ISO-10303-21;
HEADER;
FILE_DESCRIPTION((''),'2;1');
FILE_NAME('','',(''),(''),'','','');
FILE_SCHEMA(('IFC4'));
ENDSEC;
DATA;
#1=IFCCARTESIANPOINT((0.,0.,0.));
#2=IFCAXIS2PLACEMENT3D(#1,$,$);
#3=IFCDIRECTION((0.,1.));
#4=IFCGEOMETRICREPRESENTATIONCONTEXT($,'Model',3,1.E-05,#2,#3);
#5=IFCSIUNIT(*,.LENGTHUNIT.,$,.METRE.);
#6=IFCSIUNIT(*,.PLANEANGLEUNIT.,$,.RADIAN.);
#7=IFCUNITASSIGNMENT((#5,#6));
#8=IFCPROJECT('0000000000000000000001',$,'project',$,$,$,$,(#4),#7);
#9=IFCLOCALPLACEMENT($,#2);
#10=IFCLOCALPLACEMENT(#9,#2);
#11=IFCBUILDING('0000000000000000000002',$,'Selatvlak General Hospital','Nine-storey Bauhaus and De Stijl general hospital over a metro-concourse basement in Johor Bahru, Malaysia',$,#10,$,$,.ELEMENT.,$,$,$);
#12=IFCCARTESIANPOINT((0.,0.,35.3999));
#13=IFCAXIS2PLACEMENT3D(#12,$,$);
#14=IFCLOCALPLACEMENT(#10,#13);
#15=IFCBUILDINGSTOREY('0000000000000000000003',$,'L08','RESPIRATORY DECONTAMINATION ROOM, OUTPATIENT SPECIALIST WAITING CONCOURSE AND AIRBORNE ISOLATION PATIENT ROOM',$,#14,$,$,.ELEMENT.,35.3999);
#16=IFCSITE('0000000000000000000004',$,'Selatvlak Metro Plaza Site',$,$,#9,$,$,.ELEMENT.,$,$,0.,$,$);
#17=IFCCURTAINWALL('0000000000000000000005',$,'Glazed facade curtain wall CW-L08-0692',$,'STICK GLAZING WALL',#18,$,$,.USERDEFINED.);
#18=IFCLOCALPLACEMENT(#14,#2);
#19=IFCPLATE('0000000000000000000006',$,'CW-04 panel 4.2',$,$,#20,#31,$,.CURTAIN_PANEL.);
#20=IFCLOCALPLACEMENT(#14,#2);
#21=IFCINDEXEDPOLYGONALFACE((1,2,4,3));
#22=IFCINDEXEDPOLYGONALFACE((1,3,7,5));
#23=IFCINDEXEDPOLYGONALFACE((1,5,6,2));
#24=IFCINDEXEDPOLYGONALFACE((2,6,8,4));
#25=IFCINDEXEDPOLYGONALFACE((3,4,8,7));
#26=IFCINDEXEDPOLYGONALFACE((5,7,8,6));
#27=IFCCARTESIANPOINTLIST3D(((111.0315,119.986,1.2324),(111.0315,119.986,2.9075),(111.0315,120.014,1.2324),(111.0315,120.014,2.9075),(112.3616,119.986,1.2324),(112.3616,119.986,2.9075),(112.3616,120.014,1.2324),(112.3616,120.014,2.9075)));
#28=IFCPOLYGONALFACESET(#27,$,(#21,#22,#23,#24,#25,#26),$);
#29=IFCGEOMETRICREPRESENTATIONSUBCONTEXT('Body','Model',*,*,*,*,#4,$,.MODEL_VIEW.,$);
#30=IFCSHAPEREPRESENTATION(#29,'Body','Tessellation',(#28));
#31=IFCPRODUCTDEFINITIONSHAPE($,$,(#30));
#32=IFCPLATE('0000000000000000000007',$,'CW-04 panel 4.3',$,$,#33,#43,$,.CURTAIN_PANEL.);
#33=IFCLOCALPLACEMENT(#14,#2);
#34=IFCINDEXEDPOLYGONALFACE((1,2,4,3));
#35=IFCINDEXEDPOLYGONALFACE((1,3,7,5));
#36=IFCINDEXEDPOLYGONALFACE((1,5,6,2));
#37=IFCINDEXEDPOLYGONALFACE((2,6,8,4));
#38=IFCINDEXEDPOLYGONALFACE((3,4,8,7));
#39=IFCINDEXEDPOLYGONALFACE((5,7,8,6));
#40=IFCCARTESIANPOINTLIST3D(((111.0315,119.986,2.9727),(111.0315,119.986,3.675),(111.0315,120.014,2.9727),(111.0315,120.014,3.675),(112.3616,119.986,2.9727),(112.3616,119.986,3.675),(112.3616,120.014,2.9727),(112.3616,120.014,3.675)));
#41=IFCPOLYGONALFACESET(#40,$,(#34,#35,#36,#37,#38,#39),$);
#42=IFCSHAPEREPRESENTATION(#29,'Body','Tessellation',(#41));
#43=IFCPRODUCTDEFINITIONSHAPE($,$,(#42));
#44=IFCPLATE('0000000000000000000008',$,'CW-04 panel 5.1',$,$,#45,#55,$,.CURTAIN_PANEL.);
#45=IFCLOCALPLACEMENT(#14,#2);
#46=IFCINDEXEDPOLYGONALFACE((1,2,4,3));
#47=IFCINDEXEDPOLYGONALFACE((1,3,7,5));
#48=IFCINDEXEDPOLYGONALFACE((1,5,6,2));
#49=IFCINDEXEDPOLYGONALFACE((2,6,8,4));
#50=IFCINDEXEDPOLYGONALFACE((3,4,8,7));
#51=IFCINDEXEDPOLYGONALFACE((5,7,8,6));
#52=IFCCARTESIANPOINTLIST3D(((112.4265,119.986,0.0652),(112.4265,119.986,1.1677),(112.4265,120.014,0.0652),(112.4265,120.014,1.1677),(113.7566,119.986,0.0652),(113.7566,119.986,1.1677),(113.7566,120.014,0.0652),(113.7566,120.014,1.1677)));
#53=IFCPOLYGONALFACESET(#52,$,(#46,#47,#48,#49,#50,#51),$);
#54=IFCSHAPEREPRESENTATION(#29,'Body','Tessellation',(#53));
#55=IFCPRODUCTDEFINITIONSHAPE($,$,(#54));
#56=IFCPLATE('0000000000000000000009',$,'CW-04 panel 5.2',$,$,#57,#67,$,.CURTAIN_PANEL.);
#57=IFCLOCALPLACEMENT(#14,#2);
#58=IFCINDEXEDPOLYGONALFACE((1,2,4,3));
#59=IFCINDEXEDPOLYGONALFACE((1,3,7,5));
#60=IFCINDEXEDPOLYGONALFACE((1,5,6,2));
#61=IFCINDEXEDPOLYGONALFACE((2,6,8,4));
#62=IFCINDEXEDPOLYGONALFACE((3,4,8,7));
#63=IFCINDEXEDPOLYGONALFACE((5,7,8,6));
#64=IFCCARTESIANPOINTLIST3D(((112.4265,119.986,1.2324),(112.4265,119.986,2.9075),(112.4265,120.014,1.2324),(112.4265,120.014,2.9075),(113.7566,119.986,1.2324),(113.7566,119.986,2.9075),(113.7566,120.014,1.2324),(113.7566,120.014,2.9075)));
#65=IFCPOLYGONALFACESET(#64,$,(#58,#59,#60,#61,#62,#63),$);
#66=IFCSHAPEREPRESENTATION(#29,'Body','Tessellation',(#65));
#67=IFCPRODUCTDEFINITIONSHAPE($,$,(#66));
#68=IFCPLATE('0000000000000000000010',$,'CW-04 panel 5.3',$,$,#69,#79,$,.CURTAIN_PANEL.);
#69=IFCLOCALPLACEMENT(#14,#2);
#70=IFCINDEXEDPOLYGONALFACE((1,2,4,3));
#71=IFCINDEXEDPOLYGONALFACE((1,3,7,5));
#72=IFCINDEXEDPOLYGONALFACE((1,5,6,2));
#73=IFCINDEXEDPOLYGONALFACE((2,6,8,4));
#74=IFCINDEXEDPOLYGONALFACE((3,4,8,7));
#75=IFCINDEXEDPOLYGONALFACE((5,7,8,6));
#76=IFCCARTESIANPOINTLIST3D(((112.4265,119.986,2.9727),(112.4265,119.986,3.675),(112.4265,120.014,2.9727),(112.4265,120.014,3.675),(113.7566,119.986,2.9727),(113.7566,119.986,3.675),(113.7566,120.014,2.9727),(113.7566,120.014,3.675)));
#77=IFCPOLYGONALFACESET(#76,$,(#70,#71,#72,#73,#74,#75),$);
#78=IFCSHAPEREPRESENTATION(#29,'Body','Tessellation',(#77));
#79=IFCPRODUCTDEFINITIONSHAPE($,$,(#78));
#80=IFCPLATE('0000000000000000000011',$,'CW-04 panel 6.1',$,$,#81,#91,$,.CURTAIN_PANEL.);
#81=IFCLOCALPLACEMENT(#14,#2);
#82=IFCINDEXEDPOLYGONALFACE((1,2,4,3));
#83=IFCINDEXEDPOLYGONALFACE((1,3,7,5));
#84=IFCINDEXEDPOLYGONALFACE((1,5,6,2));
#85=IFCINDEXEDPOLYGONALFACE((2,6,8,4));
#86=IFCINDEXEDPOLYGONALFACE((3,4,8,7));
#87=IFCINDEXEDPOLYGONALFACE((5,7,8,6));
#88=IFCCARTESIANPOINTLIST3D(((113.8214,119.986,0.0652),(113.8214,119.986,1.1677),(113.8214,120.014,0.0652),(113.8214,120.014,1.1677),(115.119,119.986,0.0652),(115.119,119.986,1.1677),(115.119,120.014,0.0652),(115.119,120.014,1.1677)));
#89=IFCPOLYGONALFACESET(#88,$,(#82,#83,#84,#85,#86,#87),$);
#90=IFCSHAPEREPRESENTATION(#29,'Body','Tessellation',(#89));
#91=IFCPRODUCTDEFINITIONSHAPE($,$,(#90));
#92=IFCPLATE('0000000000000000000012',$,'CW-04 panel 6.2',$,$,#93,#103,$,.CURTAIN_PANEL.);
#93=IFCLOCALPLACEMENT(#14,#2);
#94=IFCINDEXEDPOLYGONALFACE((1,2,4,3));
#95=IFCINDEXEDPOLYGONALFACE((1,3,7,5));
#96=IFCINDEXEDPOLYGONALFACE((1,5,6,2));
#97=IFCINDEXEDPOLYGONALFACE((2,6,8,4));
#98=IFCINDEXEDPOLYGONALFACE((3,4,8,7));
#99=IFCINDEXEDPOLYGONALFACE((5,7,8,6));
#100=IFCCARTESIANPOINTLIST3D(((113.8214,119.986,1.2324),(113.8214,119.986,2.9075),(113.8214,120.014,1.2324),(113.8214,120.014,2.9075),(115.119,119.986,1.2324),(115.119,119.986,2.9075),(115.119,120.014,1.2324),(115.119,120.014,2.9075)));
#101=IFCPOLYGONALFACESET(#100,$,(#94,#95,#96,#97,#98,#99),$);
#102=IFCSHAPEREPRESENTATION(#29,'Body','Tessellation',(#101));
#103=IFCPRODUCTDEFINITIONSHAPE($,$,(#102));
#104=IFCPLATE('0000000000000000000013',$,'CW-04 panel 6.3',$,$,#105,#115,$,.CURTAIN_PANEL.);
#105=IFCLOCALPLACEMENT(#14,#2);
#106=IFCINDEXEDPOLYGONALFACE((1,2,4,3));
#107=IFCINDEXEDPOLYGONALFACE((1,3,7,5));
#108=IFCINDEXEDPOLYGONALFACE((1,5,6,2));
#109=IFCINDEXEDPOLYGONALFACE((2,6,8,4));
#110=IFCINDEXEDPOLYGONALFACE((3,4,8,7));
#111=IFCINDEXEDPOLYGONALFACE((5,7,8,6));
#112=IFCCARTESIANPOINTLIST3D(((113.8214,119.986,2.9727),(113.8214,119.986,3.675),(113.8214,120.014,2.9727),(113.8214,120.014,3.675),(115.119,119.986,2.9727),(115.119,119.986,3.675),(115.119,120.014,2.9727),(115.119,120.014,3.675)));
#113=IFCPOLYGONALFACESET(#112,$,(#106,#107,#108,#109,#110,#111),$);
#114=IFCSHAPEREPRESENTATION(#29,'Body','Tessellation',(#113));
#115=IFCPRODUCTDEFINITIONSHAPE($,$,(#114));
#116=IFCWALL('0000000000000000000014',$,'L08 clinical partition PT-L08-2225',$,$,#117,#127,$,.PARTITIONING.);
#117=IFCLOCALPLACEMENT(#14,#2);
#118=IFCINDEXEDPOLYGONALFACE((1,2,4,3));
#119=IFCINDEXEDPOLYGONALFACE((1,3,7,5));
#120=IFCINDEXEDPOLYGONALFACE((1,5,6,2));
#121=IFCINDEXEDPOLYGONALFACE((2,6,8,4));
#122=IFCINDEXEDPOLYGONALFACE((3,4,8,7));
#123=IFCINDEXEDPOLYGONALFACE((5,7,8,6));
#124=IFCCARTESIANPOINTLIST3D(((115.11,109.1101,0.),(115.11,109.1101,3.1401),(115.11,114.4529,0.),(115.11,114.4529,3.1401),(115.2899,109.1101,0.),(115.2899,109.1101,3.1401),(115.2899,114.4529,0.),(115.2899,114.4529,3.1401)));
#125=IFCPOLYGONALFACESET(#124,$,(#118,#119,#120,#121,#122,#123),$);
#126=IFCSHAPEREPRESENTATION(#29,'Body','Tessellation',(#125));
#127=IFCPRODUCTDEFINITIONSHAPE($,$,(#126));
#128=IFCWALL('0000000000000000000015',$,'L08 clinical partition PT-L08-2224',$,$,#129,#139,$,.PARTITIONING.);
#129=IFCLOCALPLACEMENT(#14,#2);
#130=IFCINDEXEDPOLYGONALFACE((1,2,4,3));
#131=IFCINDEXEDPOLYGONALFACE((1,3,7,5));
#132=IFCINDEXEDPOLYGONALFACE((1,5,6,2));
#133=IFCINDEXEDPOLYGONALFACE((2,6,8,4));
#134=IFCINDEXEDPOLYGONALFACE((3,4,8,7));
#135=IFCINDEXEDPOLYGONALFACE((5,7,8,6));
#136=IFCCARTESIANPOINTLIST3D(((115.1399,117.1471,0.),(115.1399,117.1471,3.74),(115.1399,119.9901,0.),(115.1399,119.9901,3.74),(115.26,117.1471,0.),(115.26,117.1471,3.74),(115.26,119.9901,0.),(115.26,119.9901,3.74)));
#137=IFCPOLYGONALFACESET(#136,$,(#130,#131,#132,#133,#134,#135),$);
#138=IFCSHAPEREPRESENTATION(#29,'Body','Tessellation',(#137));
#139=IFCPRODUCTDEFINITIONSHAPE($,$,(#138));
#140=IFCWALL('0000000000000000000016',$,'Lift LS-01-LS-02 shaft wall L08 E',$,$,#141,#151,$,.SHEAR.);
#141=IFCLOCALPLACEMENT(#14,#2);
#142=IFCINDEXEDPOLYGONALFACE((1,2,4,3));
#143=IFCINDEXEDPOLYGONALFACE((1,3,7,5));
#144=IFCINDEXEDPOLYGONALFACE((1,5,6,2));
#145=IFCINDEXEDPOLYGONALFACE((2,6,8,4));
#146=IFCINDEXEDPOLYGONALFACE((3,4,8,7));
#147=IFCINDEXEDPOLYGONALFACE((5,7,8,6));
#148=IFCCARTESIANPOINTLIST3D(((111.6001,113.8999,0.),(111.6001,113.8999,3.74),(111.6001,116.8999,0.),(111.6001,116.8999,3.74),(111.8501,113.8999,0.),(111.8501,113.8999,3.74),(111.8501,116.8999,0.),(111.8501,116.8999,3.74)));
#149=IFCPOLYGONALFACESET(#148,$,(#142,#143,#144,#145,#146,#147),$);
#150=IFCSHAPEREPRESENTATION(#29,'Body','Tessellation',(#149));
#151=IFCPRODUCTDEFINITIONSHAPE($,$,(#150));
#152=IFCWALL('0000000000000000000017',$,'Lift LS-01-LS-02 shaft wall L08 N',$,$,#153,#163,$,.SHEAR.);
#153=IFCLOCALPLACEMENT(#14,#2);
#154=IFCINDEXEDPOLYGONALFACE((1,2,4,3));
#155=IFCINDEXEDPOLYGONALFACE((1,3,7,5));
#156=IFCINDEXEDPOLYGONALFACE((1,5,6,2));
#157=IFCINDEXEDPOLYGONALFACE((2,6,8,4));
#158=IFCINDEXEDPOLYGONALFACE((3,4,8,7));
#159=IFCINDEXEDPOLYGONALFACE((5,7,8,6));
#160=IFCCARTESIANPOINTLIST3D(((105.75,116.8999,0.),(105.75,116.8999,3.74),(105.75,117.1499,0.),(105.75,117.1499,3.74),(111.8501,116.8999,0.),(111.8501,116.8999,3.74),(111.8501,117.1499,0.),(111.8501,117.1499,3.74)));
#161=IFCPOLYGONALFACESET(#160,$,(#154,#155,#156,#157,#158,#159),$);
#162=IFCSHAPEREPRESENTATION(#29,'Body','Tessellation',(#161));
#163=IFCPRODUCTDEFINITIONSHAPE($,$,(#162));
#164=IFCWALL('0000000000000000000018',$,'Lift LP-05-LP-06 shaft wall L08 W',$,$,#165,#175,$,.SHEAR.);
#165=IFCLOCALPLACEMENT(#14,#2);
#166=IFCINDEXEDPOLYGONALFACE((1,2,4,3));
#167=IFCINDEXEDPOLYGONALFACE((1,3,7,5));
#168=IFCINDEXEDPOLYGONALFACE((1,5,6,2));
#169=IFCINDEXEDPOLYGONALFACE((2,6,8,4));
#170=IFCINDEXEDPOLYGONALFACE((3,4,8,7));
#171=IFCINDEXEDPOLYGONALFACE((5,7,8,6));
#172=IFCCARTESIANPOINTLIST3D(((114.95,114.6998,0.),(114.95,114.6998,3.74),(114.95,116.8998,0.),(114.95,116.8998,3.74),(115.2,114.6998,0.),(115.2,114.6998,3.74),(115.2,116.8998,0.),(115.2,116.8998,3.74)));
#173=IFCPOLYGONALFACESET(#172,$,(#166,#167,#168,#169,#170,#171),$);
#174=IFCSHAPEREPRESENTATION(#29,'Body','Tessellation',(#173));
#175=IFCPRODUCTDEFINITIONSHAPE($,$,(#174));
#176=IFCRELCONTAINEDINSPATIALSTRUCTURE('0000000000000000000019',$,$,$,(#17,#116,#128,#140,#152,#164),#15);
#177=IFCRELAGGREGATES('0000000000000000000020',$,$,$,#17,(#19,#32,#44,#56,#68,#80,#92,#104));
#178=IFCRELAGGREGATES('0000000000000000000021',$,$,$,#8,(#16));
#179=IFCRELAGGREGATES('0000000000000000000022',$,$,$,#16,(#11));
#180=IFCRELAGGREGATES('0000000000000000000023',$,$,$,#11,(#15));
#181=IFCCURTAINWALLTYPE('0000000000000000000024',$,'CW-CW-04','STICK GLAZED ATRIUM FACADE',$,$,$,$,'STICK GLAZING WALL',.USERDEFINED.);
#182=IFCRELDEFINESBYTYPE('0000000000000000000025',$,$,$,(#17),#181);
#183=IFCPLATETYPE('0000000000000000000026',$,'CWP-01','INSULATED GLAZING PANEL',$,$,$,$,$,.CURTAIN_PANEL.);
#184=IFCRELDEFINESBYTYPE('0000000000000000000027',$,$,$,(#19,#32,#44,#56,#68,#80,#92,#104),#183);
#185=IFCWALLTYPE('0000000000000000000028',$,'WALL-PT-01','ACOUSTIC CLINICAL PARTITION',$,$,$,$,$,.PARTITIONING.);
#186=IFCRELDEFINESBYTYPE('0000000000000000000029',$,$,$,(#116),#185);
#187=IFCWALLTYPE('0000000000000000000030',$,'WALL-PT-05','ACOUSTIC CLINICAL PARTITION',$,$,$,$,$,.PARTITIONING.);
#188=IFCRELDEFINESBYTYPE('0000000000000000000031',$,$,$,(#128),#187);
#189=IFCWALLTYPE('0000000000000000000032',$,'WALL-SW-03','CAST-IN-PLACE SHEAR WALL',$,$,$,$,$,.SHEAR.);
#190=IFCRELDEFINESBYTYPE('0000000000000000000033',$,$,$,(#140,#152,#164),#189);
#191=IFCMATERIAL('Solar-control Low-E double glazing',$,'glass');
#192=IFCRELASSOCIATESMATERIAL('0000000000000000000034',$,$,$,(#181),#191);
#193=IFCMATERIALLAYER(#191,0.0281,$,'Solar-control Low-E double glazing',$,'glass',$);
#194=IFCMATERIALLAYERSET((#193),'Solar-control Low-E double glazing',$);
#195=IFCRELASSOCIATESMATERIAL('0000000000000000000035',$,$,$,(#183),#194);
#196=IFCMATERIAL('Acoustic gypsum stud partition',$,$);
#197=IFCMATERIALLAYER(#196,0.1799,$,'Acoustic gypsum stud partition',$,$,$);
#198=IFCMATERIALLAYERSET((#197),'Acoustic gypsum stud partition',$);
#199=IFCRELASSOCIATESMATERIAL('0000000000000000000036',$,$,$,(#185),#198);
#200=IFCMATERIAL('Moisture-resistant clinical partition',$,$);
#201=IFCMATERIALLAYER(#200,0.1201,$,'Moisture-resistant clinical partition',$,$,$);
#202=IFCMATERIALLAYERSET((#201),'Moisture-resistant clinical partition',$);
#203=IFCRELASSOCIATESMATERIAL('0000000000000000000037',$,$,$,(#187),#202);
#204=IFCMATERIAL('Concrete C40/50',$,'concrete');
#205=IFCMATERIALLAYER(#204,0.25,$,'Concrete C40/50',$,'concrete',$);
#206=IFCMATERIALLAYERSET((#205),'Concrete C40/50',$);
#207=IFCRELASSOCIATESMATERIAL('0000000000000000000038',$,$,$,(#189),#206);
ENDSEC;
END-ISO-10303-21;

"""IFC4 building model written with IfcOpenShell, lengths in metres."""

from ifc_helpers import new_model, si_unit, direction, frame, frame_2d, origin, origin_2d, place, context, subcontext, project, spatial, rectangle, extrude, material, layer, layer_set, type_object, element, aggregate, save


model = new_model("IFC4")

# Units and contexts
model_context = context("Model", 3, precision=1e-05, world=origin(), true_north=direction((0.0, 1.0)))
body_context = subcontext(model_context, "Body", "Model", "MODEL_VIEW")
ifc_project = project(units=[si_unit("LENGTHUNIT", "METRE"), si_unit("PLANEANGLEUNIT", "RADIAN")], contexts=[model_context])

# Site, building, storey
site_placement = place(None, origin())
site = spatial("IfcSite", under=ifc_project, at=site_placement, Name="Selatvlak Metro Plaza Site", CompositionType="ELEMENT", RefElevation=0.0)
building_placement = place(site_placement, origin())
building = spatial("IfcBuilding", under=site, at=building_placement, Name="Selatvlak General Hospital", Description="Nine-storey Bauhaus and De Stijl general hospital over a metro-concourse basement in Johor Bahru, Malaysia", CompositionType="ELEMENT")
storey_placement = place(building_placement, frame((0.0, 0.0, 35.3999)))
storey = spatial("IfcBuildingStorey", under=building, at=storey_placement, Name="L08", Description="RESPIRATORY DECONTAMINATION ROOM, OUTPATIENT SPECIALIST WAITING CONCOURSE AND AIRBORNE ISOLATION PATIENT ROOM", CompositionType="ELEMENT", Elevation=35.3999)

# Shared definitions
ifc_material_1 = material(Name="Concrete C40/50", Category="concrete")

# Curtain wall, plates
ifc_material_2 = material(Name="Solar-control Low-E double glazing", Category="glass")
curtain_wall_type = type_object("IfcCurtainWallType", Name="CW-CW-04", Description="STICK GLAZED ATRIUM FACADE", ElementType="STICK GLAZING WALL", PredefinedType="USERDEFINED", material=ifc_material_2)
curtain_wall_placement = place(storey_placement, origin())
curtain_wall = element("IfcCurtainWall", 1, at=curtain_wall_placement, inside=storey, type_object=curtain_wall_type, Name="Glazed facade curtain wall CW-L08-0692", ObjectType="STICK GLAZING WALL", PredefinedType="USERDEFINED")
ifc_layer_1 = layer(ifc_material_2, 0.0281, Name="Solar-control Low-E double glazing", Category="glass")
ifc_layer_set_1 = layer_set([ifc_layer_1], Name="Solar-control Low-E double glazing")
plate_type = type_object("IfcPlateType", Name="CWP-01", Description="INSULATED GLAZING PANEL", PredefinedType="CURTAIN_PANEL", material=ifc_layer_set_1)
plate_1_placement = place(storey_placement, frame((111.6965, 120.0, 1.2324), z_axis=(0.0, 0.0, 1.0), x_axis=(1.0, 0.0, 0.0)))
plate_1 = element("IfcPlate", 2, at=plate_1_placement, type_object=plate_type, Name="CW-04 panel 4.2", PredefinedType="CURTAIN_PANEL", context=body_context, shape_type="SweptSolid", body=[
    extrude(rectangle(XDim=1.3301, YDim=0.0281, at=origin_2d()), origin(), (0.0, 0.0, 1.0), 1.675),
])
plate_2_placement = place(storey_placement, frame((111.6965, 120.0, 2.9727), z_axis=(0.0, 0.0, 1.0), x_axis=(1.0, 0.0, 0.0)))
plate_2 = element("IfcPlate", 3, at=plate_2_placement, type_object=plate_type, Name="CW-04 panel 4.3", PredefinedType="CURTAIN_PANEL", context=body_context, shape_type="SweptSolid", body=[
    extrude(rectangle(XDim=1.3301, YDim=0.0281, at=origin_2d()), origin(), (0.0, 0.0, 1.0), 0.7024),
])
plate_3_placement = place(storey_placement, frame((113.0916, 120.0, 0.0652), z_axis=(0.0, 0.0, 1.0), x_axis=(1.0, 0.0, 0.0)))
plate_3 = element("IfcPlate", 4, at=plate_3_placement, type_object=plate_type, Name="CW-04 panel 5.1", PredefinedType="CURTAIN_PANEL", context=body_context, shape_type="SweptSolid", body=[
    extrude(rectangle(XDim=1.3301, YDim=0.0281, at=origin_2d()), origin(), (0.0, 0.0, 1.0), 1.1025),
])
plate_4_placement = place(storey_placement, frame((113.0916, 120.0, 1.2324), z_axis=(0.0, 0.0, 1.0), x_axis=(1.0, 0.0, 0.0)))
plate_4 = element("IfcPlate", 5, at=plate_4_placement, type_object=plate_type, Name="CW-04 panel 5.2", PredefinedType="CURTAIN_PANEL", context=body_context, shape_type="SweptSolid", body=[
    extrude(rectangle(XDim=1.3301, YDim=0.0281, at=origin_2d()), origin(), (0.0, 0.0, 1.0), 1.675),
])
plate_5_placement = place(storey_placement, frame((113.0916, 120.0, 2.9727), z_axis=(0.0, 0.0, 1.0), x_axis=(1.0, 0.0, 0.0)))
plate_5 = element("IfcPlate", 6, at=plate_5_placement, type_object=plate_type, Name="CW-04 panel 5.3", PredefinedType="CURTAIN_PANEL", context=body_context, shape_type="SweptSolid", body=[
    extrude(rectangle(XDim=1.3301, YDim=0.0281, at=origin_2d()), origin(), (0.0, 0.0, 1.0), 0.7024),
])
plate_6_placement = place(storey_placement, frame((114.4702, 120.0, 0.0652), z_axis=(0.0, 0.0, 1.0), x_axis=(1.0, 0.0, 0.0)))
plate_6 = element("IfcPlate", 7, at=plate_6_placement, type_object=plate_type, Name="CW-04 panel 6.1", PredefinedType="CURTAIN_PANEL", context=body_context, shape_type="SweptSolid", body=[
    extrude(rectangle(XDim=1.2976, YDim=0.0281, at=origin_2d()), origin(), (0.0, 0.0, 1.0), 1.1025),
])
plate_7_placement = place(storey_placement, frame((114.4702, 120.0, 1.2324), z_axis=(0.0, 0.0, 1.0), x_axis=(1.0, 0.0, 0.0)))
plate_7 = element("IfcPlate", 8, at=plate_7_placement, type_object=plate_type, Name="CW-04 panel 6.2", PredefinedType="CURTAIN_PANEL", context=body_context, shape_type="SweptSolid", body=[
    extrude(rectangle(XDim=1.2976, YDim=0.0281, at=origin_2d()), origin(), (0.0, 0.0, 1.0), 1.675),
])
plate_8_placement = place(storey_placement, frame((114.4702, 120.0, 2.9727), z_axis=(0.0, 0.0, 1.0), x_axis=(1.0, 0.0, 0.0)))
plate_8 = element("IfcPlate", 9, at=plate_8_placement, type_object=plate_type, Name="CW-04 panel 6.3", PredefinedType="CURTAIN_PANEL", context=body_context, shape_type="SweptSolid", body=[
    extrude(rectangle(XDim=1.2976, YDim=0.0281, at=origin_2d()), origin(), (0.0, 0.0, 1.0), 0.7024),
])
aggregate(curtain_wall, [plate_1, plate_2, plate_3, plate_4, plate_5, plate_6, plate_7, plate_8])

# Walls
ifc_material_3 = material(Name="Acoustic gypsum stud partition")
ifc_layer_2 = layer(ifc_material_3, 0.1799, Name="Acoustic gypsum stud partition")
ifc_layer_set_2 = layer_set([ifc_layer_2], Name="Acoustic gypsum stud partition")
wall_type_1 = type_object("IfcWallType", Name="WALL-PT-01", Description="ACOUSTIC CLINICAL PARTITION", PredefinedType="PARTITIONING", material=ifc_layer_set_2)
wall_1_placement = place(storey_placement, frame((115.2, 114.4529, 0.0), z_axis=(0.0, 0.0, 1.0), x_axis=(0.0, -1.0, 0.0)))
element("IfcWall", 10, at=wall_1_placement, inside=storey, type_object=wall_type_1, Name="L08 clinical partition PT-L08-2225", PredefinedType="PARTITIONING", context=body_context, shape_type="SweptSolid", body=[
    extrude(rectangle(XDim=5.3428, YDim=0.1799, at=frame_2d((2.6714, 0.0))), origin(), (0.0, 0.0, 1.0), 3.1401),
])
ifc_material_4 = material(Name="Moisture-resistant clinical partition")
ifc_layer_3 = layer(ifc_material_4, 0.1201, Name="Moisture-resistant clinical partition")
ifc_layer_set_3 = layer_set([ifc_layer_3], Name="Moisture-resistant clinical partition")
wall_type_2 = type_object("IfcWallType", Name="WALL-PT-05", Description="ACOUSTIC CLINICAL PARTITION", PredefinedType="PARTITIONING", material=ifc_layer_set_3)
wall_2_placement = place(storey_placement, frame((115.2, 119.99, 0.0), z_axis=(0.0, 0.0, 1.0), x_axis=(0.0, -1.0, 0.0)))
element("IfcWall", 11, at=wall_2_placement, inside=storey, type_object=wall_type_2, Name="L08 clinical partition PT-L08-2224", PredefinedType="PARTITIONING", context=body_context, shape_type="SweptSolid", body=[
    extrude(rectangle(XDim=2.843, YDim=0.1201, at=frame_2d((1.4214, 0.0))), origin(), (0.0, 0.0, 1.0), 3.74),
])
ifc_layer_4 = layer(ifc_material_1, 0.25, Name="Concrete C40/50", Category="concrete")
ifc_layer_set_4 = layer_set([ifc_layer_4], Name="Concrete C40/50")
wall_type_3 = type_object("IfcWallType", Name="WALL-SW-03", Description="CAST-IN-PLACE SHEAR WALL", PredefinedType="SHEAR", material=ifc_layer_set_4)
wall_3_placement = place(storey_placement, frame((111.7251, 113.8999, 0.0), z_axis=(0.0, 0.0, 1.0), x_axis=(0.0, 1.0, 0.0)))
element("IfcWall", 12, at=wall_3_placement, inside=storey, type_object=wall_type_3, Name="Lift LS-01-LS-02 shaft wall L08 E", PredefinedType="SHEAR", context=body_context, shape_type="SweptSolid", body=[
    extrude(rectangle(XDim=3.0, YDim=0.25, at=frame_2d((1.5, 0.0))), origin(), (0.0, 0.0, 1.0), 3.74),
])
wall_4_placement = place(storey_placement, frame((111.8501, 117.0249, 0.0), z_axis=(0.0, 0.0, 1.0), x_axis=(-1.0, 0.0, 0.0)))
element("IfcWall", 13, at=wall_4_placement, inside=storey, type_object=wall_type_3, Name="Lift LS-01-LS-02 shaft wall L08 N", PredefinedType="SHEAR", context=body_context, shape_type="SweptSolid", body=[
    extrude(rectangle(XDim=6.1001, YDim=0.25, at=frame_2d((3.05, 0.0))), origin(), (0.0, 0.0, 1.0), 3.74),
])

# Wall
wall_5_placement = place(storey_placement, frame((115.075, 116.8999, 0.0), z_axis=(0.0, 0.0, 1.0), x_axis=(0.0, -1.0, 0.0)))
element("IfcWall", 14, at=wall_5_placement, inside=storey, type_object=wall_type_3, Name="Lift LP-05-LP-06 shaft wall L08 W", PredefinedType="SHEAR", context=body_context, shape_type="SweptSolid", body=[
    extrude(rectangle(XDim=2.2, YDim=0.25, at=frame_2d((1.1001, 0.0))), origin(), (0.0, 0.0, 1.0), 3.74),
])

save(model, "model.ifc")
